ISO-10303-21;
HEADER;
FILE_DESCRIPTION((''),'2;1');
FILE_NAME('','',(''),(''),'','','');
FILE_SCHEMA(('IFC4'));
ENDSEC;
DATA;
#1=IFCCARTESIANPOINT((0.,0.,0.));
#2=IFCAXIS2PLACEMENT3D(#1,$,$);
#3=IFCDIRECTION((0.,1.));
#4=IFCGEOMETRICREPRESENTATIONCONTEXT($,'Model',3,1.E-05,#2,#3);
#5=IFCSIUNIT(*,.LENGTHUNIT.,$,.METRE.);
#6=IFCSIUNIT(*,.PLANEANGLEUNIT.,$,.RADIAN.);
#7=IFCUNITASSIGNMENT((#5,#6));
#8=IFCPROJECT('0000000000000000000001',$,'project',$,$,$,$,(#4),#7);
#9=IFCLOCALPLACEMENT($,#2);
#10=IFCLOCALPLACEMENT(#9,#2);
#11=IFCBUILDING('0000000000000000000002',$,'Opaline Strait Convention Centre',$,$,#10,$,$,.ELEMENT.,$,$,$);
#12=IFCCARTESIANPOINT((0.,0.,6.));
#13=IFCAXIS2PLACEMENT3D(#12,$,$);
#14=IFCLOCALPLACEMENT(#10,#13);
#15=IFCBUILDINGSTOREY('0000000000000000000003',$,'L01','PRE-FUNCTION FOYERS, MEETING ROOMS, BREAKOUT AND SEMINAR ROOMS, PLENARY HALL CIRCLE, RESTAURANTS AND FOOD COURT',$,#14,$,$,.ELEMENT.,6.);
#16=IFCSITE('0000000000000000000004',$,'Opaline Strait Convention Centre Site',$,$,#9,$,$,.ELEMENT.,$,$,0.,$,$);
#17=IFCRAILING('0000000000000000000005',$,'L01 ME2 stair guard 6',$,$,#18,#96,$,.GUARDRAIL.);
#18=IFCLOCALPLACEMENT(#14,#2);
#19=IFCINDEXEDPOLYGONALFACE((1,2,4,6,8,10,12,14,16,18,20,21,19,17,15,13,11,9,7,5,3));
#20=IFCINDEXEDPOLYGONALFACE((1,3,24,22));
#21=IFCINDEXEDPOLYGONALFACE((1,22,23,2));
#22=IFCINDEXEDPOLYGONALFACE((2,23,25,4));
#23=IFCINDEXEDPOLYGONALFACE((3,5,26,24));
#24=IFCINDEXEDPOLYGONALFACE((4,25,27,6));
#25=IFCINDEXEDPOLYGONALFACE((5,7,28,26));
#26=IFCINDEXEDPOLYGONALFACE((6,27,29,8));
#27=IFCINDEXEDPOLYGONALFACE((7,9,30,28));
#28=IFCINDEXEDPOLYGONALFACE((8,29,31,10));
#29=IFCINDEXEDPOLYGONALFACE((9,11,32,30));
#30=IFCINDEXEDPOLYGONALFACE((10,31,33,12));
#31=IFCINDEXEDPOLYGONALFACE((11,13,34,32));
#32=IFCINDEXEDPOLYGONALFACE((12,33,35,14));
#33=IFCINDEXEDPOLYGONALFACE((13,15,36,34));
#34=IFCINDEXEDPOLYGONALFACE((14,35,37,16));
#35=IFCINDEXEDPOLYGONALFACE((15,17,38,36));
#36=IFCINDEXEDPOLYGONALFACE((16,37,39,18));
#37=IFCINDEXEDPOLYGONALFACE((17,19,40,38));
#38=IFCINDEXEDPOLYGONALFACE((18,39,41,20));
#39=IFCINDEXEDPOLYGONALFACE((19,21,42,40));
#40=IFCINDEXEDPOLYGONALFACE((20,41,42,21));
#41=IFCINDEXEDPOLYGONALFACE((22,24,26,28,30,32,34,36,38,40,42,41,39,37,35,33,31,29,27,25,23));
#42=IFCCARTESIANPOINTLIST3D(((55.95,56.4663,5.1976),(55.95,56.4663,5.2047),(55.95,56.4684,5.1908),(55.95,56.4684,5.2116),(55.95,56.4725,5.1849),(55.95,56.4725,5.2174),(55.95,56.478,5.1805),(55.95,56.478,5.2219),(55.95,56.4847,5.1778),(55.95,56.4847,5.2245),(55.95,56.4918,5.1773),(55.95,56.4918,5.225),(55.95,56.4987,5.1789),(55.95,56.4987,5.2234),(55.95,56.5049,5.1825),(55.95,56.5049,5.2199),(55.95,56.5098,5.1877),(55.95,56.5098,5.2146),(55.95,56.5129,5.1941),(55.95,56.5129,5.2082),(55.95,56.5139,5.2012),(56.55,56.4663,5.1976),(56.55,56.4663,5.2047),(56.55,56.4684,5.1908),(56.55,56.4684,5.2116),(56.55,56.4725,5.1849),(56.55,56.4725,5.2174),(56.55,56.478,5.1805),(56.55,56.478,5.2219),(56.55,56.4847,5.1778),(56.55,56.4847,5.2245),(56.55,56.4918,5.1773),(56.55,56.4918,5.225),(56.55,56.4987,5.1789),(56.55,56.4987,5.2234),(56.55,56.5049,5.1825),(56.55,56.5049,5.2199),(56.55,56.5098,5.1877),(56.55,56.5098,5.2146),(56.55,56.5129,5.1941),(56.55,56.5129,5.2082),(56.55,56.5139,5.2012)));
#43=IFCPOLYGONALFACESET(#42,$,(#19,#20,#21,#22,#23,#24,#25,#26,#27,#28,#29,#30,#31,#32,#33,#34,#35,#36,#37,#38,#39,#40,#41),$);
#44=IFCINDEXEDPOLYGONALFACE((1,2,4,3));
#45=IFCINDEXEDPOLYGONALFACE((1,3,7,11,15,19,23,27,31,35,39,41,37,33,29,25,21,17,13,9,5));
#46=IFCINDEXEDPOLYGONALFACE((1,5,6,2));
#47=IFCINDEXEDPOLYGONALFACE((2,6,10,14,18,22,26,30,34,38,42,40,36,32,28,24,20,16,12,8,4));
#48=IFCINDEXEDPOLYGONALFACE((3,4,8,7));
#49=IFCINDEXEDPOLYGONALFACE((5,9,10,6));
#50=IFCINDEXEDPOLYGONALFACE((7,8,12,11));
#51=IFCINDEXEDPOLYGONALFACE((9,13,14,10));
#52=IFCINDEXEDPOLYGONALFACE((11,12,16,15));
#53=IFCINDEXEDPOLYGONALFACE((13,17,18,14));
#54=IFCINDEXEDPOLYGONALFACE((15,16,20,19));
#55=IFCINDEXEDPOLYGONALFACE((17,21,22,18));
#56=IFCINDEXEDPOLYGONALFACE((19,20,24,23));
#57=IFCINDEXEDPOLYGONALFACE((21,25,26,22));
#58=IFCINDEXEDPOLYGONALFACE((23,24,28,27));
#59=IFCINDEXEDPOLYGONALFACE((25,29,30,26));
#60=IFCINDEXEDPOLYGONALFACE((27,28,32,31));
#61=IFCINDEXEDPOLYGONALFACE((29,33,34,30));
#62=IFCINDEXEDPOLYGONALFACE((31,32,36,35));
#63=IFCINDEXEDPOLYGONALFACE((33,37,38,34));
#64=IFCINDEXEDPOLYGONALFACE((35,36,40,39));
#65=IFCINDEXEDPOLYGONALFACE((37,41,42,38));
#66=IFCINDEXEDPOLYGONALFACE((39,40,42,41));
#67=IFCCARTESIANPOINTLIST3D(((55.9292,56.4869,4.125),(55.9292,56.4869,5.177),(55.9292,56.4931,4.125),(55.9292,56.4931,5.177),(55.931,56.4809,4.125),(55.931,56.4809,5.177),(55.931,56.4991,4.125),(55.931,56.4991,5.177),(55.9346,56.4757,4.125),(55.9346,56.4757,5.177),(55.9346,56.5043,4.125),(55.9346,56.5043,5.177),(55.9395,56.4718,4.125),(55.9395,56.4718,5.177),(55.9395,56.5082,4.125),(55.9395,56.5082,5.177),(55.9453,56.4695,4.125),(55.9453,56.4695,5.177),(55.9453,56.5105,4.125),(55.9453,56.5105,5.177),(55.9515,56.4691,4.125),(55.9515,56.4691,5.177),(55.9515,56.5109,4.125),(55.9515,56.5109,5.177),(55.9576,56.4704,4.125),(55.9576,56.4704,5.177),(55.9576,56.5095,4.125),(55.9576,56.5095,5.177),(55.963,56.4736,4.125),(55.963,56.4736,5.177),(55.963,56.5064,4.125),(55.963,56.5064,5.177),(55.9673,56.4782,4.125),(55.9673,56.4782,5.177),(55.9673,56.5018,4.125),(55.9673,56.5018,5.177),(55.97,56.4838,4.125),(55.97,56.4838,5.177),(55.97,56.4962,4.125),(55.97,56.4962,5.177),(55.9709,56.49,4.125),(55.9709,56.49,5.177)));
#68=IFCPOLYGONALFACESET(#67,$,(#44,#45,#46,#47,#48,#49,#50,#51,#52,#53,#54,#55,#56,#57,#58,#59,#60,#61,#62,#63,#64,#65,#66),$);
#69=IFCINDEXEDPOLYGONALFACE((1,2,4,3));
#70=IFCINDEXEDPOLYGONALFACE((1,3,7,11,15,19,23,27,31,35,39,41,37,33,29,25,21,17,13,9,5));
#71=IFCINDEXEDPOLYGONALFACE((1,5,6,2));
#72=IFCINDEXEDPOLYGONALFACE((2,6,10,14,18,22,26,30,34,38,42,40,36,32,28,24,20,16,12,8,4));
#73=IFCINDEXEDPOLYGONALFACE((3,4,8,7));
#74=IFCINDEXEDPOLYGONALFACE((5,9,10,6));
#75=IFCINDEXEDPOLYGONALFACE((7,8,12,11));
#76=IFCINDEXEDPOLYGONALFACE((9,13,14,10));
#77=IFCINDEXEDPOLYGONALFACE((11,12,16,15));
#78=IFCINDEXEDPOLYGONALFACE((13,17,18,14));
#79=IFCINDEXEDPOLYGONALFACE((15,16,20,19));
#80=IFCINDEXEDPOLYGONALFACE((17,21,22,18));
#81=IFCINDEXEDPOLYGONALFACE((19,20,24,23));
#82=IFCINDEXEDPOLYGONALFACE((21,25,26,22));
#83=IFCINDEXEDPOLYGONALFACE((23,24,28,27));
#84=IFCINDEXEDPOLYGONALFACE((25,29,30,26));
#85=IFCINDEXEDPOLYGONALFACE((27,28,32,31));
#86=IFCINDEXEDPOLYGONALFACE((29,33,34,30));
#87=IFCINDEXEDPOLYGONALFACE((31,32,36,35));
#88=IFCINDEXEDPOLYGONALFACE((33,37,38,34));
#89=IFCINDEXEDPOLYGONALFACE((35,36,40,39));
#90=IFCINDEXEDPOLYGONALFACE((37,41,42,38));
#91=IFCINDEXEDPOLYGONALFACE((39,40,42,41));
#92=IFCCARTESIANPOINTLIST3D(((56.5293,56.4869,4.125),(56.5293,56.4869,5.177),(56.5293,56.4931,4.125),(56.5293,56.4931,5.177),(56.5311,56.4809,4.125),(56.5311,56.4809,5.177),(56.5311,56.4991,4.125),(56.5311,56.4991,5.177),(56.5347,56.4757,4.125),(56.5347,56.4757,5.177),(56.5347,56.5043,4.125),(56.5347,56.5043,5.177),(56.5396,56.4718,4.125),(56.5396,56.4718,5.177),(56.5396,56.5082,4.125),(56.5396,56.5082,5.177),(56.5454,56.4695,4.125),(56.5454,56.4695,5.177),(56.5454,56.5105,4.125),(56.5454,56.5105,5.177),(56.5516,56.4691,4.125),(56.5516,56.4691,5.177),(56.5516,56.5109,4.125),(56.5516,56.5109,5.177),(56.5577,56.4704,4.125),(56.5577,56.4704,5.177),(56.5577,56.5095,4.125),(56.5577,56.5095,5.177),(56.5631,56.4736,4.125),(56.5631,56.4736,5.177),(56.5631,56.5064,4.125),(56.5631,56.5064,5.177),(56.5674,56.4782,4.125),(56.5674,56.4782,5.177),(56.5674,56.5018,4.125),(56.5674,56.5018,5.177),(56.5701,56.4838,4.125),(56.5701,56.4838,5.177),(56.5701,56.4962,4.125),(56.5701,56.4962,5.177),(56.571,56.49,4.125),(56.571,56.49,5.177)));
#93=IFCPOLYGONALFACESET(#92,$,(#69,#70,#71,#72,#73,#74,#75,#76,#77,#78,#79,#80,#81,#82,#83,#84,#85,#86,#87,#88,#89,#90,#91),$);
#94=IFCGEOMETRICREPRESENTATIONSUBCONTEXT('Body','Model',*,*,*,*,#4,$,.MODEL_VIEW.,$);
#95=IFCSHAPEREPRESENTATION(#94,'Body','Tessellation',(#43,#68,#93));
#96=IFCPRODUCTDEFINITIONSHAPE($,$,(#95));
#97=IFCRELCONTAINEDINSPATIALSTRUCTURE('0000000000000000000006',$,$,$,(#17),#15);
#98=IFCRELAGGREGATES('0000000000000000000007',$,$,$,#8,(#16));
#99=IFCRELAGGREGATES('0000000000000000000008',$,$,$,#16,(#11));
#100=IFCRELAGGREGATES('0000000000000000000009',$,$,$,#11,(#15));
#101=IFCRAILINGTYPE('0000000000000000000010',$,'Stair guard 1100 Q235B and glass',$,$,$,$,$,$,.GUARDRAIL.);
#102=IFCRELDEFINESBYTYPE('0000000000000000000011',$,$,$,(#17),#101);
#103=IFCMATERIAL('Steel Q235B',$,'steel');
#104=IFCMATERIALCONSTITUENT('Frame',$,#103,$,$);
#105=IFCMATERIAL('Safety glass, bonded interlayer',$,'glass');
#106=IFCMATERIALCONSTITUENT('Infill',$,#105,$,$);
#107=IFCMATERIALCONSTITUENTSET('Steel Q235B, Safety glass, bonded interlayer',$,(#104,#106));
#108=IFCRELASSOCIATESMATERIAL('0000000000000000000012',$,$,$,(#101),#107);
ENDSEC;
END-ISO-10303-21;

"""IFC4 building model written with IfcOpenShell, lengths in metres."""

from ifc_helpers import new_model, si_unit, direction, frame, origin, origin_2d, place, context, subcontext, project, spatial, circle, extrude, material, constituent, constituent_set, type_object, element, save


model = new_model("IFC4")

# Units and contexts
model_context = context("Model", 3, precision=1e-05, world=origin(), true_north=direction((0.0, 1.0)))
body_context = subcontext(model_context, "Body", "Model", "MODEL_VIEW")
ifc_project = project(units=[si_unit("LENGTHUNIT", "METRE"), si_unit("PLANEANGLEUNIT", "RADIAN")], contexts=[model_context])

# Site, building, storey
site_placement = place(None, origin())
site = spatial("IfcSite", under=ifc_project, at=site_placement, Name="Opaline Strait Convention Centre Site", CompositionType="ELEMENT", RefElevation=0.0)
building_placement = place(site_placement, origin())
building = spatial("IfcBuilding", under=site, at=building_placement, Name="Opaline Strait Convention Centre", CompositionType="ELEMENT")
storey_placement = place(building_placement, frame((0.0, 0.0, 6.0)))
storey = spatial("IfcBuildingStorey", under=building, at=storey_placement, Name="L01", Description="PRE-FUNCTION FOYERS, MEETING ROOMS, BREAKOUT AND SEMINAR ROOMS, PLENARY HALL CIRCLE, RESTAURANTS AND FOOD COURT", CompositionType="ELEMENT", Elevation=6.0)

# Railing
ifc_material_1 = material(Name="Steel Q235B", Category="steel")
ifc_constituent_1 = constituent(ifc_material_1, Name="Frame")
ifc_material_2 = material(Name="Safety glass, bonded interlayer", Category="glass")
ifc_constituent_2 = constituent(ifc_material_2, Name="Infill")
ifc_constituent_set = constituent_set(constituents=[ifc_constituent_1, ifc_constituent_2], Name="Steel Q235B, Safety glass, bonded interlayer")
railing_type_1 = type_object("IfcRailingType", Name="Stair guard 1100 Q235B and glass", PredefinedType="GUARDRAIL", material=ifc_constituent_set)
railing_1_placement = place(storey_placement, frame((55.95, 56.49, 4.125)))
element("IfcRailing", 1, at=railing_1_placement, inside=storey, type_object=railing_type_1, Name="L01 ME2 stair guard 6", PredefinedType="GUARDRAIL", context=body_context, shape_type="SweptSolid", body=[
    extrude(circle(Radius=0.0239, at=origin_2d()), frame((0.0, 0.0, 1.0762), z_axis=(1.0, 0.0, 0.0), x_axis=(0.0, 1.0, 0.0)), (0.0, 0.0, 1.0), 0.6001),
    extrude(circle(Radius=0.021, at=origin_2d()), origin(), (0.0, 0.0, 1.0), 1.052),
    extrude(circle(Radius=0.021, at=origin_2d()), frame((0.6001, 0.0, 0.0)), (0.0, 0.0, 1.0), 1.052),
])

save(model, "model.ifc")
